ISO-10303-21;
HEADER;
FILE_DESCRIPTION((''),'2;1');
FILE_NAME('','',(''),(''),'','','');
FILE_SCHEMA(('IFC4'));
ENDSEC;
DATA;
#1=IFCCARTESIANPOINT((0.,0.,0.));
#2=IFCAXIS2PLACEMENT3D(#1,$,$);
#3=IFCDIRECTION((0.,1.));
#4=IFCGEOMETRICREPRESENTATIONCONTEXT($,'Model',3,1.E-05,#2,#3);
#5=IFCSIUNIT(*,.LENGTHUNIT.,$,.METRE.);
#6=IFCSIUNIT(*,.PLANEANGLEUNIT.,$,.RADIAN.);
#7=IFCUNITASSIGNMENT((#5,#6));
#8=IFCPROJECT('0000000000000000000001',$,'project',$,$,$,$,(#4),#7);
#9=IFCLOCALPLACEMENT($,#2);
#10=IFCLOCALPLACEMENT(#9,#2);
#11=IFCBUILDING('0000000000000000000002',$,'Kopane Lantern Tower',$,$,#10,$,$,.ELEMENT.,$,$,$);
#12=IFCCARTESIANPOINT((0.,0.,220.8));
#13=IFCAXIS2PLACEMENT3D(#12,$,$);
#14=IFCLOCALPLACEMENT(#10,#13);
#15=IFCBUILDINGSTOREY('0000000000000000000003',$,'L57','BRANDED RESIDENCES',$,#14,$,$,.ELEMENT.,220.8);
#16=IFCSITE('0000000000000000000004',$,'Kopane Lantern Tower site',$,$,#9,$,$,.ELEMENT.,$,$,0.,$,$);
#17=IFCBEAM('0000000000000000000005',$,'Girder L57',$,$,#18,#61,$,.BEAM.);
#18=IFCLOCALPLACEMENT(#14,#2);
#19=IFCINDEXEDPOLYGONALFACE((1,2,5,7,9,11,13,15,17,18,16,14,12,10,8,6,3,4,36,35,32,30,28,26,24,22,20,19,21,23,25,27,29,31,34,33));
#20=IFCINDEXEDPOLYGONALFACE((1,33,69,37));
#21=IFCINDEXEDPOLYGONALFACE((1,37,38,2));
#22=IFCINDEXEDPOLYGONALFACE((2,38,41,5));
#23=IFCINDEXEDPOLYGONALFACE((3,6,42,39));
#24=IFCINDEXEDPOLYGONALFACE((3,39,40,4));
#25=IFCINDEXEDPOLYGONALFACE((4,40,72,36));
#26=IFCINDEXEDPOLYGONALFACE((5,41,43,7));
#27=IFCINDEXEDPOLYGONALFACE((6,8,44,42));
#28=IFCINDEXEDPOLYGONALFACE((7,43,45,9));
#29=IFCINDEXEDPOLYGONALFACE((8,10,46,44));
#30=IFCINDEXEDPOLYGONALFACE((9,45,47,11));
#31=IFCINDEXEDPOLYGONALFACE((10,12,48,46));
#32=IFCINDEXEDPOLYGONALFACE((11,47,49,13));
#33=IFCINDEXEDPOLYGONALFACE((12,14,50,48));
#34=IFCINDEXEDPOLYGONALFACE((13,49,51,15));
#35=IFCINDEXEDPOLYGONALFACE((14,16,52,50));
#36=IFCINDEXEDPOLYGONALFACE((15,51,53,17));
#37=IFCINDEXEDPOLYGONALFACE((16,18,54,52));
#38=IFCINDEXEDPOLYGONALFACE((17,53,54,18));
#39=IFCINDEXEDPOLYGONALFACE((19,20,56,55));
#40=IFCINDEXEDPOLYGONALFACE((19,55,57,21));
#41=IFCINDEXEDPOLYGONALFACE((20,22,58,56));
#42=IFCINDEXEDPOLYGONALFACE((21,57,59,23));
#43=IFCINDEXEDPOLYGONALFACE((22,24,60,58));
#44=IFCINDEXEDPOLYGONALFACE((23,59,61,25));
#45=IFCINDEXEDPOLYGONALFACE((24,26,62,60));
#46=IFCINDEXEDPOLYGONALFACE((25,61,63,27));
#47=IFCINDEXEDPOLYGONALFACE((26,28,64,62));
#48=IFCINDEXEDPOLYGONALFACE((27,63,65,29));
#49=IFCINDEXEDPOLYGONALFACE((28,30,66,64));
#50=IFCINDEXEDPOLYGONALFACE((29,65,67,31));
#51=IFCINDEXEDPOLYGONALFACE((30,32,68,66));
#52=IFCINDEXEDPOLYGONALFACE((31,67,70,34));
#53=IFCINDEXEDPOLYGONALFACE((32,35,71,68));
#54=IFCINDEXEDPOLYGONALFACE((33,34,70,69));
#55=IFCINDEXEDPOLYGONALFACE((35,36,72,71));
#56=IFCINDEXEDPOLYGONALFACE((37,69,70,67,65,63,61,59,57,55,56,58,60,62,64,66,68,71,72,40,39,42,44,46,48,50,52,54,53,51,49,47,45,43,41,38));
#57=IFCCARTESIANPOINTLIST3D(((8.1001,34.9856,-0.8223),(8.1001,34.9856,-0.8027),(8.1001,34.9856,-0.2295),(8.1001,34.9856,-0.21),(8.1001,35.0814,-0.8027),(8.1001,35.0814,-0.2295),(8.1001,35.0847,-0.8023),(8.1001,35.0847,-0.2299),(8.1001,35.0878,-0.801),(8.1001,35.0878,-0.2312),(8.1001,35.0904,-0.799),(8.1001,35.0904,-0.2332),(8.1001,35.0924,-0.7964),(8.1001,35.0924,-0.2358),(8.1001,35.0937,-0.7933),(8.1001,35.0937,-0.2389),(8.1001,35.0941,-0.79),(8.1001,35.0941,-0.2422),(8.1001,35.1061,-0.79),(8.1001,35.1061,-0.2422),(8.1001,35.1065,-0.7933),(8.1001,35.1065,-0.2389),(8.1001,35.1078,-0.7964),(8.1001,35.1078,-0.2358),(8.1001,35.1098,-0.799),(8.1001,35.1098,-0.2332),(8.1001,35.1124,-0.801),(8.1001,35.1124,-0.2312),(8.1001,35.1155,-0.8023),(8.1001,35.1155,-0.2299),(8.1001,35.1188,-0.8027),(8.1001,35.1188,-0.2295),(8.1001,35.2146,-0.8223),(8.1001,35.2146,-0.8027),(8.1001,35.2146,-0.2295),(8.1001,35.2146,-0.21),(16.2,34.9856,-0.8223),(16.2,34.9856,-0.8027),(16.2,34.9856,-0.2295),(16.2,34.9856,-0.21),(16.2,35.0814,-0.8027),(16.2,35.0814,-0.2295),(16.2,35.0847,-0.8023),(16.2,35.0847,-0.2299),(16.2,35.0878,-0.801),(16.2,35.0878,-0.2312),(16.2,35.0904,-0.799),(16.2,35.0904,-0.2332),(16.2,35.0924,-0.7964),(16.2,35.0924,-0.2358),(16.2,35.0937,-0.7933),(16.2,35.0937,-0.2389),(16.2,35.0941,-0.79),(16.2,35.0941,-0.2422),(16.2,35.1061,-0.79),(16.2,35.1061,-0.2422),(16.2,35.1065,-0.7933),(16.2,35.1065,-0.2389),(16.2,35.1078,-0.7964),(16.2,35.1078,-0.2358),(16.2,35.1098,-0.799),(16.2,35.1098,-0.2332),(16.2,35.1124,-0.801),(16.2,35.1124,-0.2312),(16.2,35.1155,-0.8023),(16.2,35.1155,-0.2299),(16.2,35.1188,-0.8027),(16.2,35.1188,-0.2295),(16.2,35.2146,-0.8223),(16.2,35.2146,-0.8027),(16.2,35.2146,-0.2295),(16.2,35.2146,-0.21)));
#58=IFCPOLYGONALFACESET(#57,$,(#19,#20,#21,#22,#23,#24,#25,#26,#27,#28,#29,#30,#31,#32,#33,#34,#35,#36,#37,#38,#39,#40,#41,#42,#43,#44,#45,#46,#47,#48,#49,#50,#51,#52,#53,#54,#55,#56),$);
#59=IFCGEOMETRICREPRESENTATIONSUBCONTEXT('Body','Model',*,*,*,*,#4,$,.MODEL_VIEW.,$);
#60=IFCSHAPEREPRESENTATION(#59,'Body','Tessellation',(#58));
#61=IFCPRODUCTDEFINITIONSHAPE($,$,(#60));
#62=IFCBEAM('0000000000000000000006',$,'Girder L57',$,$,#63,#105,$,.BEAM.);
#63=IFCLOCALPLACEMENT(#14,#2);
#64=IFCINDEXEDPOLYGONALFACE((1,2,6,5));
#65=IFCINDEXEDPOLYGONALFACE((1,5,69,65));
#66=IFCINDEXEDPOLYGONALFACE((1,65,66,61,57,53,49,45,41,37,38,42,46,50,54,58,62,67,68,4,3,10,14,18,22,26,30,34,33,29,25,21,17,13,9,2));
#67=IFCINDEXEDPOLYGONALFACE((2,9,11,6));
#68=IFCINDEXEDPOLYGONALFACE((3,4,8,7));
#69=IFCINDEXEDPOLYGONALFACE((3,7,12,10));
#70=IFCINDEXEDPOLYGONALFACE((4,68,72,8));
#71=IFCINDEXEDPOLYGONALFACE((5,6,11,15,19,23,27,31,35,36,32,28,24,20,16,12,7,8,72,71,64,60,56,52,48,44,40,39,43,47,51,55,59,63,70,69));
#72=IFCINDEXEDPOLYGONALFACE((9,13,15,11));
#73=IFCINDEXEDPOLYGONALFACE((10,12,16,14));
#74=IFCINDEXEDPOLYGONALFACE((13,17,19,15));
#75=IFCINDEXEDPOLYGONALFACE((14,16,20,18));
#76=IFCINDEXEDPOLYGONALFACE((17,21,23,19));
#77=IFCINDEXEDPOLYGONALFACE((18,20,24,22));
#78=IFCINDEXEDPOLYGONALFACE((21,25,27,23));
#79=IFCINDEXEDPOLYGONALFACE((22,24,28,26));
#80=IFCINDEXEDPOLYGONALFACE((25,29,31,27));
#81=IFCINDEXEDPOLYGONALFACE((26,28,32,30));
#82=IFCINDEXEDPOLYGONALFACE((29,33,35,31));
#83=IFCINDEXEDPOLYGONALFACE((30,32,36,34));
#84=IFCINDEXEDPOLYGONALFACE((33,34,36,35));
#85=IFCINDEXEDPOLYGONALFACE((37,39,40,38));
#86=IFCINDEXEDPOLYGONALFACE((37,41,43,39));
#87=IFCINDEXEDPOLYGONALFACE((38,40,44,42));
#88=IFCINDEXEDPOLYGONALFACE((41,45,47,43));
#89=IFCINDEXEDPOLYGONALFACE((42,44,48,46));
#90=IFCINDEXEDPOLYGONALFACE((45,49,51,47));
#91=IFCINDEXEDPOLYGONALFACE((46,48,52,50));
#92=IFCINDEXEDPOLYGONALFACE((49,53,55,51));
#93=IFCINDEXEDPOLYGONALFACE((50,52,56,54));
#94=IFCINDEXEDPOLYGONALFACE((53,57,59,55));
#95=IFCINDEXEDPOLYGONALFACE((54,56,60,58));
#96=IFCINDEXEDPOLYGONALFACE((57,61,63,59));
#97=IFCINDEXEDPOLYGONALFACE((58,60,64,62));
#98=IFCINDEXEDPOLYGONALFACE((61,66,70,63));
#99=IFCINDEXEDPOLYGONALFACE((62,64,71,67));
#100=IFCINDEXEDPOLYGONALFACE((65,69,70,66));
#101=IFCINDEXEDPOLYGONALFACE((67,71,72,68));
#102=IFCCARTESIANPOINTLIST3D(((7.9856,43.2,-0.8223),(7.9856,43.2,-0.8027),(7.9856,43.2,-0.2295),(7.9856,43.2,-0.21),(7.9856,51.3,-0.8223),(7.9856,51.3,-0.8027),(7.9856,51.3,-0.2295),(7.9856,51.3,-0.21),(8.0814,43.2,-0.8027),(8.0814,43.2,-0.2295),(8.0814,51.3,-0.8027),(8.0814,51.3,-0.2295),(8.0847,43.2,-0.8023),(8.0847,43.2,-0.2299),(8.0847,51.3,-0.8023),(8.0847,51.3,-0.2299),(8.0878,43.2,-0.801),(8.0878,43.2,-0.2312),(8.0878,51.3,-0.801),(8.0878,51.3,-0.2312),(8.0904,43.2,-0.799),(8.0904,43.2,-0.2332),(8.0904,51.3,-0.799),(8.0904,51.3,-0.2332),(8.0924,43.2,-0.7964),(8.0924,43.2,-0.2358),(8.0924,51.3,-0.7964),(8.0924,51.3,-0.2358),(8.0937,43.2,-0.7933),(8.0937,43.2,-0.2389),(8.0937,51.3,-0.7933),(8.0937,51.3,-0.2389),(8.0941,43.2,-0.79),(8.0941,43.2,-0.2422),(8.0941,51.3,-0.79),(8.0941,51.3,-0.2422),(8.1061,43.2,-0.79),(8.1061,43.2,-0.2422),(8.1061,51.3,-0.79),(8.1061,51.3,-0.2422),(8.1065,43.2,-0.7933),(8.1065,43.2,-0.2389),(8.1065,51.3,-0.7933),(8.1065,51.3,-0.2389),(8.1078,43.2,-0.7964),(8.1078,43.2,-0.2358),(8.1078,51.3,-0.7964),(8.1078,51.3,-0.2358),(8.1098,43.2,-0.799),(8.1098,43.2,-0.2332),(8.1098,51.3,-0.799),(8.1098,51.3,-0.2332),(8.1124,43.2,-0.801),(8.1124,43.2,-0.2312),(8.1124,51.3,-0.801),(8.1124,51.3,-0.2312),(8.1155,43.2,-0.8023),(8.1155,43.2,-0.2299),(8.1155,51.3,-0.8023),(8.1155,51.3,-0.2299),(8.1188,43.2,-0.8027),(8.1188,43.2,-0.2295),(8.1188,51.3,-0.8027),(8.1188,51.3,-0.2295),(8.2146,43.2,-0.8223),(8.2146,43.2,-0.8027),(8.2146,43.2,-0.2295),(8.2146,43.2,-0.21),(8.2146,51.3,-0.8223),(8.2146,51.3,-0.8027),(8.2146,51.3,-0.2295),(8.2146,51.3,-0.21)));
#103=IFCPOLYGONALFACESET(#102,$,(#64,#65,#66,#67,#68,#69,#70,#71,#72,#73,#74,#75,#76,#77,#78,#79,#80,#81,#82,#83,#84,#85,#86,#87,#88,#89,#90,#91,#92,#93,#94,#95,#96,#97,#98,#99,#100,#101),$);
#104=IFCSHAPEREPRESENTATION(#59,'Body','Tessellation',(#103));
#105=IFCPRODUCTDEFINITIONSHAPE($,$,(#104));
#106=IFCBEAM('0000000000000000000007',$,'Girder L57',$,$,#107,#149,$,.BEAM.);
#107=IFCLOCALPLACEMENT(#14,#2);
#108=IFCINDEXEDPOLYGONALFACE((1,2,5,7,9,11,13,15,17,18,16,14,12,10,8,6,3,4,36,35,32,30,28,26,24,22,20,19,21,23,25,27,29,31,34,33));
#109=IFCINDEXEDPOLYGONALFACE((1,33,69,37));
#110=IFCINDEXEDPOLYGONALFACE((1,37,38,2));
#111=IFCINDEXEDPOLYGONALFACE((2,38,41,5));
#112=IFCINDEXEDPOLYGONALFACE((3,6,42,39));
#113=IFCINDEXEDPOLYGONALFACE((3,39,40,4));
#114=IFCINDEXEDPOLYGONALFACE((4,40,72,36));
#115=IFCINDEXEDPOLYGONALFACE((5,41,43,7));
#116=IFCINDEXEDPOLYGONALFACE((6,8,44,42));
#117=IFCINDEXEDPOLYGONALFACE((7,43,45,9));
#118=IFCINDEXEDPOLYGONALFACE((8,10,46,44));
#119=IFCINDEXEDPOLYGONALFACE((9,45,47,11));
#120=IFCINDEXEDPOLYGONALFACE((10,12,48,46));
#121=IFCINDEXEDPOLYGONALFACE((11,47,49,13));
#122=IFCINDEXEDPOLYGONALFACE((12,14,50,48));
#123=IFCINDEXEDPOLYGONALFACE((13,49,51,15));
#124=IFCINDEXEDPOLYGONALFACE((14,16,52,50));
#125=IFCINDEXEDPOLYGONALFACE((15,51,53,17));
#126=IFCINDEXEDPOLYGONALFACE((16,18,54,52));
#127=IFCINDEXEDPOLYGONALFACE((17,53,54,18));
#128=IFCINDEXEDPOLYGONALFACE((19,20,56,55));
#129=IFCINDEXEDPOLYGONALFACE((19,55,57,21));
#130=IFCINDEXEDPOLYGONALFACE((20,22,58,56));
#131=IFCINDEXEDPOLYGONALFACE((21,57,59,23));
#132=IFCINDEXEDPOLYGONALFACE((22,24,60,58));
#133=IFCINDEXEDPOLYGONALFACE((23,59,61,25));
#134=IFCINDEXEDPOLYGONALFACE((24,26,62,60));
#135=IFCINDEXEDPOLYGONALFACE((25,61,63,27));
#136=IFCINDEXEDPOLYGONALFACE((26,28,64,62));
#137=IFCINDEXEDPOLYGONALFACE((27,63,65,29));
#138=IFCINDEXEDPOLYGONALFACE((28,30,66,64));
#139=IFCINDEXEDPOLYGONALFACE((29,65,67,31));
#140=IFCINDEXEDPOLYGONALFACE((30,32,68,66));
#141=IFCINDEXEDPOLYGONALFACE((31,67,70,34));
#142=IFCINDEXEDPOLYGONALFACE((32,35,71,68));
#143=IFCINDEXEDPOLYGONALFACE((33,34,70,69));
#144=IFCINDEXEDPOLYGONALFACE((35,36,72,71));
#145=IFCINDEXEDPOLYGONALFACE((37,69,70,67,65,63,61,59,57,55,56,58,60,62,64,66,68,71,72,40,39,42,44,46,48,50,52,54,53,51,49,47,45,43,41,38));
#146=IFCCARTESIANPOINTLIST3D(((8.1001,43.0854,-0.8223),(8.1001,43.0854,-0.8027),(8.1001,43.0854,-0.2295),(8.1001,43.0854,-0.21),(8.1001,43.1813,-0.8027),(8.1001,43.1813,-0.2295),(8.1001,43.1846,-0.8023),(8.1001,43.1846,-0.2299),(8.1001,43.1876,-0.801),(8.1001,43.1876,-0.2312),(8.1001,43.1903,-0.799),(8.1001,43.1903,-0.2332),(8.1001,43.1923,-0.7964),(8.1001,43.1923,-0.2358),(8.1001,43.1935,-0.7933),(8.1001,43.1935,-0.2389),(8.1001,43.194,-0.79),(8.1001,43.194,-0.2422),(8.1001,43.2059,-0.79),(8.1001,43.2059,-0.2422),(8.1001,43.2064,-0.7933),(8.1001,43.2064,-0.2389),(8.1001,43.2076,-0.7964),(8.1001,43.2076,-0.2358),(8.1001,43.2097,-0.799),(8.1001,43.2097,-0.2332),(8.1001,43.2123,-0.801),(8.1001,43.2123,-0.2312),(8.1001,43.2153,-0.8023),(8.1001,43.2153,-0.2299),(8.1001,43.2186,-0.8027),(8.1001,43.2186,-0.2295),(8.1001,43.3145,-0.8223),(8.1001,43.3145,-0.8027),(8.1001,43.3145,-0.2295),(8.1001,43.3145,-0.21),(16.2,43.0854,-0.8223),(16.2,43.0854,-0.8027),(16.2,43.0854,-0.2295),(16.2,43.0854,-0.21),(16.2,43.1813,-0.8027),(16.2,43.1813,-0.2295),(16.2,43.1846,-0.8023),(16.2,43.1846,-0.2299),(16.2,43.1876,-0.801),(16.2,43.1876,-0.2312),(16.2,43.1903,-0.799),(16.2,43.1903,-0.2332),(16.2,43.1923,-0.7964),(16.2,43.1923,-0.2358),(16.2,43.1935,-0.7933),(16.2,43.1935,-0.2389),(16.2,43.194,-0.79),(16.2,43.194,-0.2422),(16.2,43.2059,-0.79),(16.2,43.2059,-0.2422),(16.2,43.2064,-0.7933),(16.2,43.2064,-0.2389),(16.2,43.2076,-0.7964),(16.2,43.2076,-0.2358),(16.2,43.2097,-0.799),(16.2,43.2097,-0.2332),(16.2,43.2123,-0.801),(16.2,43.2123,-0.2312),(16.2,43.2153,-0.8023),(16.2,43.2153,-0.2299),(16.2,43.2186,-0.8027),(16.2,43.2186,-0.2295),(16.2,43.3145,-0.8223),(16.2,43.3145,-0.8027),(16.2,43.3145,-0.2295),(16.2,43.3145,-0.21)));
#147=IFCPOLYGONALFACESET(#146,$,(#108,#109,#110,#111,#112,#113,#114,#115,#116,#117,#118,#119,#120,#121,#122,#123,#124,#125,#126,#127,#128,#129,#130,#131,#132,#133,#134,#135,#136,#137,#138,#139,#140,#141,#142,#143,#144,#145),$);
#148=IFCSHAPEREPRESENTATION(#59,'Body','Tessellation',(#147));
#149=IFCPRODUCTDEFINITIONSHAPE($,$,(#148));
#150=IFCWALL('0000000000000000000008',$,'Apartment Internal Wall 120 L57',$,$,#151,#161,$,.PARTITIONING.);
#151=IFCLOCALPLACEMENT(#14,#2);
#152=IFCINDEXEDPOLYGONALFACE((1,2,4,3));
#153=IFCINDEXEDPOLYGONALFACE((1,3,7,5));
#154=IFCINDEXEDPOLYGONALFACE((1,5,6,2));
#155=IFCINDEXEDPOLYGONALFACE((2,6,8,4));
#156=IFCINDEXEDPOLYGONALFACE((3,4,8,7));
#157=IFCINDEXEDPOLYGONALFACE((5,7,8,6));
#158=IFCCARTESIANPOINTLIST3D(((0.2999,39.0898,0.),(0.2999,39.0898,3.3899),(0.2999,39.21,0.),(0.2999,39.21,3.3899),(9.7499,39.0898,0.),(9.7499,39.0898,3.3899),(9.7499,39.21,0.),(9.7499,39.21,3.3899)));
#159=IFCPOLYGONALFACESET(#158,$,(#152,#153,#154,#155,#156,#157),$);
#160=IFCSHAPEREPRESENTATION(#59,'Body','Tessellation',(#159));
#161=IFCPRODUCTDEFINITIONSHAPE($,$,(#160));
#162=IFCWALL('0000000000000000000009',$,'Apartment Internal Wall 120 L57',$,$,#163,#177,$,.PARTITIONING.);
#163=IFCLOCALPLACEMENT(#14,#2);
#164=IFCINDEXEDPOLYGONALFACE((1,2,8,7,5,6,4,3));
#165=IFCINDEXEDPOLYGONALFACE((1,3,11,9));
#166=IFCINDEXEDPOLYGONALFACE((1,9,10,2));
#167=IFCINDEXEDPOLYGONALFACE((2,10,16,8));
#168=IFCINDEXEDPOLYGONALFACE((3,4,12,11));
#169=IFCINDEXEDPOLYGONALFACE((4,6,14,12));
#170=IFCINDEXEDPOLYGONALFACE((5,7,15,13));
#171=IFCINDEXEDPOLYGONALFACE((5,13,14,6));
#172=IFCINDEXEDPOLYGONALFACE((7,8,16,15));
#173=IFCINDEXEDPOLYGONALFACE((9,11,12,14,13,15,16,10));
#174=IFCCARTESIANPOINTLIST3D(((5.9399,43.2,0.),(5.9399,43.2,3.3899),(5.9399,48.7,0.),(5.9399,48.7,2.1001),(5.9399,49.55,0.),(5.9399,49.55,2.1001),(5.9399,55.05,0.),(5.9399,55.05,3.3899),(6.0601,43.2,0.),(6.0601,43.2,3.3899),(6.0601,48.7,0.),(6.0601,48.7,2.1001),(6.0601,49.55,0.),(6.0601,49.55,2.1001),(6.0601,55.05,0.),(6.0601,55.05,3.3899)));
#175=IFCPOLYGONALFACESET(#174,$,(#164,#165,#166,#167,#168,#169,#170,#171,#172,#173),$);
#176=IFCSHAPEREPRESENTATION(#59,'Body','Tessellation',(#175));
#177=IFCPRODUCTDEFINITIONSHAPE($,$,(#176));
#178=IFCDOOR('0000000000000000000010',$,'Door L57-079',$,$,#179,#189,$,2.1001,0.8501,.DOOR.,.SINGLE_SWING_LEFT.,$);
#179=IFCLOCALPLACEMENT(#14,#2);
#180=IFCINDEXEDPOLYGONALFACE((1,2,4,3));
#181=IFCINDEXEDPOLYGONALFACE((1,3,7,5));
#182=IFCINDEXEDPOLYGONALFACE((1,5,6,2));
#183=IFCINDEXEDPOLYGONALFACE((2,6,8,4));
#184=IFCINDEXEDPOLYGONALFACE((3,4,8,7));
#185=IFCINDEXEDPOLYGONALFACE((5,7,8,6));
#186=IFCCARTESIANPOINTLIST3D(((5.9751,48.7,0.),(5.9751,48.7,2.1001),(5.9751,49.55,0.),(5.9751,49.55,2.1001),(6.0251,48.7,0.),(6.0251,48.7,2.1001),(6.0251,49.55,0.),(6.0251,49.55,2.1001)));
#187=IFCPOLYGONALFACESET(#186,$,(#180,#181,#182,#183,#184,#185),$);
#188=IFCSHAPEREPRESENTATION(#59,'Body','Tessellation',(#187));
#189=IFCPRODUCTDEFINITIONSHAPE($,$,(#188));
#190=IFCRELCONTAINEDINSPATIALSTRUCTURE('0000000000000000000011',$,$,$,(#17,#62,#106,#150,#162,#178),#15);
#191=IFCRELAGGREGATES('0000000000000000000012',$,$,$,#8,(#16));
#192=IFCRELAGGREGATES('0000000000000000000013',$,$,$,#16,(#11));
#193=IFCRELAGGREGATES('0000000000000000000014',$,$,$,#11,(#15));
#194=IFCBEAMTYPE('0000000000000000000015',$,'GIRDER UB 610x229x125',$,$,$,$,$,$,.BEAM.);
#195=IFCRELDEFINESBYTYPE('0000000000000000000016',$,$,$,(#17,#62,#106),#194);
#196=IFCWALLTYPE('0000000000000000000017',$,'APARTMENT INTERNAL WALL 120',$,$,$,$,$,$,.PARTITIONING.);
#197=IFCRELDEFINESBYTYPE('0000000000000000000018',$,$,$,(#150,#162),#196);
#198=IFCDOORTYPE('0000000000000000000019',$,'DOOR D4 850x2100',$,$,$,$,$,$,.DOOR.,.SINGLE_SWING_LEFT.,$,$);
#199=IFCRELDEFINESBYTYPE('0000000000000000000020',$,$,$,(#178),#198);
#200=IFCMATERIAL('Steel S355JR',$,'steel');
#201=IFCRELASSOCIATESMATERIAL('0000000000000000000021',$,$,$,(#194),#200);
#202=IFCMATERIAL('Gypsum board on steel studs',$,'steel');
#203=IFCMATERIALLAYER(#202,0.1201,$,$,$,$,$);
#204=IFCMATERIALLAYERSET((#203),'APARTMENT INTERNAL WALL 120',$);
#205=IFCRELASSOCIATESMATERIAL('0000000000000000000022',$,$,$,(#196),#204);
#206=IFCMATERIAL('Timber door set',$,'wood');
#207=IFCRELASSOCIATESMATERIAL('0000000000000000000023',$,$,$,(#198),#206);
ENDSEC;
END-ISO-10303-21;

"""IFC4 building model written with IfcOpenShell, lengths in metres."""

from ifc_helpers import new_model, si_unit, direction, frame, frame_2d, origin, origin_2d, place, context, subcontext, project, spatial, rectangle, i_section, extrude, material, layer, layer_set, material_profile, profile_set, type_object, element, fill, save


model = new_model("IFC4")

# Units and contexts
model_context = context("Model", 3, precision=1e-05, world=origin(), true_north=direction((0.0, 1.0)))
body_context = subcontext(model_context, "Body", "Model", "MODEL_VIEW")
ifc_project = project(units=[si_unit("LENGTHUNIT", "METRE"), si_unit("PLANEANGLEUNIT", "RADIAN")], contexts=[model_context])

# Site, building, storey
site_placement = place(None, origin())
site = spatial("IfcSite", under=ifc_project, at=site_placement, Name="Kopane Lantern Tower site", CompositionType="ELEMENT", RefElevation=0.0)
building_placement = place(site_placement, origin())
building = spatial("IfcBuilding", under=site, at=building_placement, Name="Kopane Lantern Tower", CompositionType="ELEMENT")
storey_placement = place(building_placement, frame((0.0, 0.0, 220.8)))
storey = spatial("IfcBuildingStorey", under=building, at=storey_placement, Name="L57", Description="BRANDED RESIDENCES", CompositionType="ELEMENT", Elevation=220.8)

# Beams
ifc_material_1 = material(Name="Steel S355JR", Category="steel")
ifc_material_profile_1 = material_profile(ifc_material_1, i_section(OverallWidth=0.229, OverallDepth=0.6123, WebThickness=0.012, FlangeThickness=0.0195, FilletRadius=0.0127, at=origin_2d()), Name="UB 610x229x125")
ifc_profile_set_1 = profile_set([ifc_material_profile_1], Name="Steel S355JR")
beam_type = type_object("IfcBeamType", Name="GIRDER UB 610x229x125", PredefinedType="BEAM", material=ifc_profile_set_1)
for number, where, z_axis, x_axis, name in (
    (1, (8.1001, 35.1001, -0.5161), (1.0, 0.0, 0.0), (0.0, 1.0, 0.0), "Girder L57"),
):
    element("IfcBeam", number, at=place(storey_placement, frame(where, z_axis=z_axis, x_axis=x_axis)), inside=storey, type_object=beam_type, Name=name, PredefinedType="BEAM", context=body_context, shape_type="SweptSolid", body=[
        extrude(i_section(OverallWidth=0.229, OverallDepth=0.6123, WebThickness=0.012, FlangeThickness=0.0195, FilletRadius=0.0127, at=origin_2d()), origin(), (0.0, 0.0, 1.0), 8.0999),
    ])
beam_1_placement = place(storey_placement, frame((8.1001, 43.2, -0.5161), z_axis=(0.0, 1.0, 0.0), x_axis=(-1.0, 0.0, 0.0)))
element("IfcBeam", 2, at=beam_1_placement, inside=storey, type_object=beam_type, Name="Girder L57", PredefinedType="BEAM", context=body_context, shape_type="SweptSolid", body=[
    extrude(i_section(OverallWidth=0.229, OverallDepth=0.6123, WebThickness=0.012, FlangeThickness=0.0195, FilletRadius=0.0127, at=origin_2d()), origin(), (0.0, 0.0, 1.0), 8.1001),
])
beam_2_placement = place(storey_placement, frame((8.1001, 43.2, -0.5161), z_axis=(1.0, 0.0, 0.0), x_axis=(0.0, 1.0, 0.0)))
element("IfcBeam", 3, at=beam_2_placement, inside=storey, type_object=beam_type, Name="Girder L57", PredefinedType="BEAM", context=body_context, shape_type="SweptSolid", body=[
    extrude(i_section(OverallWidth=0.229, OverallDepth=0.6123, WebThickness=0.012, FlangeThickness=0.0195, FilletRadius=0.0127, at=origin_2d()), origin(), (0.0, 0.0, 1.0), 8.0999),
])

# Wall
ifc_material_2 = material(Name="Gypsum board on steel studs", Category="steel")
ifc_layer_1 = layer(ifc_material_2, 0.1201)
ifc_layer_set_1 = layer_set([ifc_layer_1], Name="APARTMENT INTERNAL WALL 120")
wall_type_1 = type_object("IfcWallType", Name="APARTMENT INTERNAL WALL 120", PredefinedType="PARTITIONING", material=ifc_layer_set_1)
wall_1_placement = place(storey_placement, frame((9.75, 39.1499, 0.0), z_axis=(0.0, 0.0, 1.0), x_axis=(-1.0, 0.0, 0.0)))
element("IfcWall", 4, at=wall_1_placement, inside=storey, type_object=wall_type_1, Name="Apartment Internal Wall 120 L57", PredefinedType="PARTITIONING", context=body_context, shape_type="SweptSolid", body=[
    extrude(rectangle(XDim=9.45, YDim=0.1201, at=frame_2d((4.7251, 0.0))), origin(), (0.0, 0.0, 1.0), 3.3899),
])

# Wall, opening, door
wall_2_placement = place(storey_placement, frame((6.0, 43.2, 0.0), z_axis=(0.0, 0.0, 1.0), x_axis=(0.0, 1.0, 0.0)))
wall_2 = element("IfcWall", 5, at=wall_2_placement, inside=storey, type_object=wall_type_1, Name="Apartment Internal Wall 120 L57", PredefinedType="PARTITIONING", context=body_context, shape_type="SweptSolid", body=[
    extrude(rectangle(XDim=11.8501, YDim=0.1201, at=frame_2d((5.925, 0.0))), origin(), (0.0, 0.0, 1.0), 3.3899),
])
opening_1_placement = place(wall_2_placement, frame((5.5, 0.0, 0.0)))
opening_1 = element("IfcOpeningElement", 6, at=opening_1_placement, cuts=wall_2, PredefinedType="OPENING", context=body_context, shape_type="SweptSolid", body=[
    extrude(rectangle(XDim=0.8501, YDim=2.1001, at=frame_2d((0.425, 1.05))), frame((0.0, 0.0701, 0.0), z_axis=(0.0, -1.0, 0.0), x_axis=(1.0, 0.0, 0.0)), (0.0, 0.0, 1.0), 0.1401),
])
ifc_material_3 = material(Name="Timber door set", Category="wood")
door_type_1 = type_object("IfcDoorType", Name="DOOR D4 850x2100", OperationType="SINGLE_SWING_LEFT", PredefinedType="DOOR", material=ifc_material_3)
door_1_placement = place(opening_1_placement, origin())
door_1 = element("IfcDoor", 7, at=door_1_placement, inside=storey, type_object=door_type_1, Name="Door L57-079", OperationType="SINGLE_SWING_LEFT", OverallHeight=2.1001, OverallWidth=0.8501, PredefinedType="DOOR", context=body_context, shape_type="SweptSolid", body=[
    extrude(rectangle(XDim=0.8501, YDim=2.1001, at=frame_2d((0.425, 1.05))), frame((0.0, 0.0249, 0.0), z_axis=(0.0, -1.0, 0.0), x_axis=(1.0, 0.0, 0.0)), (0.0, 0.0, 1.0), 0.05),
])
fill(opening_1, door_1)

save(model, "model.ifc")
